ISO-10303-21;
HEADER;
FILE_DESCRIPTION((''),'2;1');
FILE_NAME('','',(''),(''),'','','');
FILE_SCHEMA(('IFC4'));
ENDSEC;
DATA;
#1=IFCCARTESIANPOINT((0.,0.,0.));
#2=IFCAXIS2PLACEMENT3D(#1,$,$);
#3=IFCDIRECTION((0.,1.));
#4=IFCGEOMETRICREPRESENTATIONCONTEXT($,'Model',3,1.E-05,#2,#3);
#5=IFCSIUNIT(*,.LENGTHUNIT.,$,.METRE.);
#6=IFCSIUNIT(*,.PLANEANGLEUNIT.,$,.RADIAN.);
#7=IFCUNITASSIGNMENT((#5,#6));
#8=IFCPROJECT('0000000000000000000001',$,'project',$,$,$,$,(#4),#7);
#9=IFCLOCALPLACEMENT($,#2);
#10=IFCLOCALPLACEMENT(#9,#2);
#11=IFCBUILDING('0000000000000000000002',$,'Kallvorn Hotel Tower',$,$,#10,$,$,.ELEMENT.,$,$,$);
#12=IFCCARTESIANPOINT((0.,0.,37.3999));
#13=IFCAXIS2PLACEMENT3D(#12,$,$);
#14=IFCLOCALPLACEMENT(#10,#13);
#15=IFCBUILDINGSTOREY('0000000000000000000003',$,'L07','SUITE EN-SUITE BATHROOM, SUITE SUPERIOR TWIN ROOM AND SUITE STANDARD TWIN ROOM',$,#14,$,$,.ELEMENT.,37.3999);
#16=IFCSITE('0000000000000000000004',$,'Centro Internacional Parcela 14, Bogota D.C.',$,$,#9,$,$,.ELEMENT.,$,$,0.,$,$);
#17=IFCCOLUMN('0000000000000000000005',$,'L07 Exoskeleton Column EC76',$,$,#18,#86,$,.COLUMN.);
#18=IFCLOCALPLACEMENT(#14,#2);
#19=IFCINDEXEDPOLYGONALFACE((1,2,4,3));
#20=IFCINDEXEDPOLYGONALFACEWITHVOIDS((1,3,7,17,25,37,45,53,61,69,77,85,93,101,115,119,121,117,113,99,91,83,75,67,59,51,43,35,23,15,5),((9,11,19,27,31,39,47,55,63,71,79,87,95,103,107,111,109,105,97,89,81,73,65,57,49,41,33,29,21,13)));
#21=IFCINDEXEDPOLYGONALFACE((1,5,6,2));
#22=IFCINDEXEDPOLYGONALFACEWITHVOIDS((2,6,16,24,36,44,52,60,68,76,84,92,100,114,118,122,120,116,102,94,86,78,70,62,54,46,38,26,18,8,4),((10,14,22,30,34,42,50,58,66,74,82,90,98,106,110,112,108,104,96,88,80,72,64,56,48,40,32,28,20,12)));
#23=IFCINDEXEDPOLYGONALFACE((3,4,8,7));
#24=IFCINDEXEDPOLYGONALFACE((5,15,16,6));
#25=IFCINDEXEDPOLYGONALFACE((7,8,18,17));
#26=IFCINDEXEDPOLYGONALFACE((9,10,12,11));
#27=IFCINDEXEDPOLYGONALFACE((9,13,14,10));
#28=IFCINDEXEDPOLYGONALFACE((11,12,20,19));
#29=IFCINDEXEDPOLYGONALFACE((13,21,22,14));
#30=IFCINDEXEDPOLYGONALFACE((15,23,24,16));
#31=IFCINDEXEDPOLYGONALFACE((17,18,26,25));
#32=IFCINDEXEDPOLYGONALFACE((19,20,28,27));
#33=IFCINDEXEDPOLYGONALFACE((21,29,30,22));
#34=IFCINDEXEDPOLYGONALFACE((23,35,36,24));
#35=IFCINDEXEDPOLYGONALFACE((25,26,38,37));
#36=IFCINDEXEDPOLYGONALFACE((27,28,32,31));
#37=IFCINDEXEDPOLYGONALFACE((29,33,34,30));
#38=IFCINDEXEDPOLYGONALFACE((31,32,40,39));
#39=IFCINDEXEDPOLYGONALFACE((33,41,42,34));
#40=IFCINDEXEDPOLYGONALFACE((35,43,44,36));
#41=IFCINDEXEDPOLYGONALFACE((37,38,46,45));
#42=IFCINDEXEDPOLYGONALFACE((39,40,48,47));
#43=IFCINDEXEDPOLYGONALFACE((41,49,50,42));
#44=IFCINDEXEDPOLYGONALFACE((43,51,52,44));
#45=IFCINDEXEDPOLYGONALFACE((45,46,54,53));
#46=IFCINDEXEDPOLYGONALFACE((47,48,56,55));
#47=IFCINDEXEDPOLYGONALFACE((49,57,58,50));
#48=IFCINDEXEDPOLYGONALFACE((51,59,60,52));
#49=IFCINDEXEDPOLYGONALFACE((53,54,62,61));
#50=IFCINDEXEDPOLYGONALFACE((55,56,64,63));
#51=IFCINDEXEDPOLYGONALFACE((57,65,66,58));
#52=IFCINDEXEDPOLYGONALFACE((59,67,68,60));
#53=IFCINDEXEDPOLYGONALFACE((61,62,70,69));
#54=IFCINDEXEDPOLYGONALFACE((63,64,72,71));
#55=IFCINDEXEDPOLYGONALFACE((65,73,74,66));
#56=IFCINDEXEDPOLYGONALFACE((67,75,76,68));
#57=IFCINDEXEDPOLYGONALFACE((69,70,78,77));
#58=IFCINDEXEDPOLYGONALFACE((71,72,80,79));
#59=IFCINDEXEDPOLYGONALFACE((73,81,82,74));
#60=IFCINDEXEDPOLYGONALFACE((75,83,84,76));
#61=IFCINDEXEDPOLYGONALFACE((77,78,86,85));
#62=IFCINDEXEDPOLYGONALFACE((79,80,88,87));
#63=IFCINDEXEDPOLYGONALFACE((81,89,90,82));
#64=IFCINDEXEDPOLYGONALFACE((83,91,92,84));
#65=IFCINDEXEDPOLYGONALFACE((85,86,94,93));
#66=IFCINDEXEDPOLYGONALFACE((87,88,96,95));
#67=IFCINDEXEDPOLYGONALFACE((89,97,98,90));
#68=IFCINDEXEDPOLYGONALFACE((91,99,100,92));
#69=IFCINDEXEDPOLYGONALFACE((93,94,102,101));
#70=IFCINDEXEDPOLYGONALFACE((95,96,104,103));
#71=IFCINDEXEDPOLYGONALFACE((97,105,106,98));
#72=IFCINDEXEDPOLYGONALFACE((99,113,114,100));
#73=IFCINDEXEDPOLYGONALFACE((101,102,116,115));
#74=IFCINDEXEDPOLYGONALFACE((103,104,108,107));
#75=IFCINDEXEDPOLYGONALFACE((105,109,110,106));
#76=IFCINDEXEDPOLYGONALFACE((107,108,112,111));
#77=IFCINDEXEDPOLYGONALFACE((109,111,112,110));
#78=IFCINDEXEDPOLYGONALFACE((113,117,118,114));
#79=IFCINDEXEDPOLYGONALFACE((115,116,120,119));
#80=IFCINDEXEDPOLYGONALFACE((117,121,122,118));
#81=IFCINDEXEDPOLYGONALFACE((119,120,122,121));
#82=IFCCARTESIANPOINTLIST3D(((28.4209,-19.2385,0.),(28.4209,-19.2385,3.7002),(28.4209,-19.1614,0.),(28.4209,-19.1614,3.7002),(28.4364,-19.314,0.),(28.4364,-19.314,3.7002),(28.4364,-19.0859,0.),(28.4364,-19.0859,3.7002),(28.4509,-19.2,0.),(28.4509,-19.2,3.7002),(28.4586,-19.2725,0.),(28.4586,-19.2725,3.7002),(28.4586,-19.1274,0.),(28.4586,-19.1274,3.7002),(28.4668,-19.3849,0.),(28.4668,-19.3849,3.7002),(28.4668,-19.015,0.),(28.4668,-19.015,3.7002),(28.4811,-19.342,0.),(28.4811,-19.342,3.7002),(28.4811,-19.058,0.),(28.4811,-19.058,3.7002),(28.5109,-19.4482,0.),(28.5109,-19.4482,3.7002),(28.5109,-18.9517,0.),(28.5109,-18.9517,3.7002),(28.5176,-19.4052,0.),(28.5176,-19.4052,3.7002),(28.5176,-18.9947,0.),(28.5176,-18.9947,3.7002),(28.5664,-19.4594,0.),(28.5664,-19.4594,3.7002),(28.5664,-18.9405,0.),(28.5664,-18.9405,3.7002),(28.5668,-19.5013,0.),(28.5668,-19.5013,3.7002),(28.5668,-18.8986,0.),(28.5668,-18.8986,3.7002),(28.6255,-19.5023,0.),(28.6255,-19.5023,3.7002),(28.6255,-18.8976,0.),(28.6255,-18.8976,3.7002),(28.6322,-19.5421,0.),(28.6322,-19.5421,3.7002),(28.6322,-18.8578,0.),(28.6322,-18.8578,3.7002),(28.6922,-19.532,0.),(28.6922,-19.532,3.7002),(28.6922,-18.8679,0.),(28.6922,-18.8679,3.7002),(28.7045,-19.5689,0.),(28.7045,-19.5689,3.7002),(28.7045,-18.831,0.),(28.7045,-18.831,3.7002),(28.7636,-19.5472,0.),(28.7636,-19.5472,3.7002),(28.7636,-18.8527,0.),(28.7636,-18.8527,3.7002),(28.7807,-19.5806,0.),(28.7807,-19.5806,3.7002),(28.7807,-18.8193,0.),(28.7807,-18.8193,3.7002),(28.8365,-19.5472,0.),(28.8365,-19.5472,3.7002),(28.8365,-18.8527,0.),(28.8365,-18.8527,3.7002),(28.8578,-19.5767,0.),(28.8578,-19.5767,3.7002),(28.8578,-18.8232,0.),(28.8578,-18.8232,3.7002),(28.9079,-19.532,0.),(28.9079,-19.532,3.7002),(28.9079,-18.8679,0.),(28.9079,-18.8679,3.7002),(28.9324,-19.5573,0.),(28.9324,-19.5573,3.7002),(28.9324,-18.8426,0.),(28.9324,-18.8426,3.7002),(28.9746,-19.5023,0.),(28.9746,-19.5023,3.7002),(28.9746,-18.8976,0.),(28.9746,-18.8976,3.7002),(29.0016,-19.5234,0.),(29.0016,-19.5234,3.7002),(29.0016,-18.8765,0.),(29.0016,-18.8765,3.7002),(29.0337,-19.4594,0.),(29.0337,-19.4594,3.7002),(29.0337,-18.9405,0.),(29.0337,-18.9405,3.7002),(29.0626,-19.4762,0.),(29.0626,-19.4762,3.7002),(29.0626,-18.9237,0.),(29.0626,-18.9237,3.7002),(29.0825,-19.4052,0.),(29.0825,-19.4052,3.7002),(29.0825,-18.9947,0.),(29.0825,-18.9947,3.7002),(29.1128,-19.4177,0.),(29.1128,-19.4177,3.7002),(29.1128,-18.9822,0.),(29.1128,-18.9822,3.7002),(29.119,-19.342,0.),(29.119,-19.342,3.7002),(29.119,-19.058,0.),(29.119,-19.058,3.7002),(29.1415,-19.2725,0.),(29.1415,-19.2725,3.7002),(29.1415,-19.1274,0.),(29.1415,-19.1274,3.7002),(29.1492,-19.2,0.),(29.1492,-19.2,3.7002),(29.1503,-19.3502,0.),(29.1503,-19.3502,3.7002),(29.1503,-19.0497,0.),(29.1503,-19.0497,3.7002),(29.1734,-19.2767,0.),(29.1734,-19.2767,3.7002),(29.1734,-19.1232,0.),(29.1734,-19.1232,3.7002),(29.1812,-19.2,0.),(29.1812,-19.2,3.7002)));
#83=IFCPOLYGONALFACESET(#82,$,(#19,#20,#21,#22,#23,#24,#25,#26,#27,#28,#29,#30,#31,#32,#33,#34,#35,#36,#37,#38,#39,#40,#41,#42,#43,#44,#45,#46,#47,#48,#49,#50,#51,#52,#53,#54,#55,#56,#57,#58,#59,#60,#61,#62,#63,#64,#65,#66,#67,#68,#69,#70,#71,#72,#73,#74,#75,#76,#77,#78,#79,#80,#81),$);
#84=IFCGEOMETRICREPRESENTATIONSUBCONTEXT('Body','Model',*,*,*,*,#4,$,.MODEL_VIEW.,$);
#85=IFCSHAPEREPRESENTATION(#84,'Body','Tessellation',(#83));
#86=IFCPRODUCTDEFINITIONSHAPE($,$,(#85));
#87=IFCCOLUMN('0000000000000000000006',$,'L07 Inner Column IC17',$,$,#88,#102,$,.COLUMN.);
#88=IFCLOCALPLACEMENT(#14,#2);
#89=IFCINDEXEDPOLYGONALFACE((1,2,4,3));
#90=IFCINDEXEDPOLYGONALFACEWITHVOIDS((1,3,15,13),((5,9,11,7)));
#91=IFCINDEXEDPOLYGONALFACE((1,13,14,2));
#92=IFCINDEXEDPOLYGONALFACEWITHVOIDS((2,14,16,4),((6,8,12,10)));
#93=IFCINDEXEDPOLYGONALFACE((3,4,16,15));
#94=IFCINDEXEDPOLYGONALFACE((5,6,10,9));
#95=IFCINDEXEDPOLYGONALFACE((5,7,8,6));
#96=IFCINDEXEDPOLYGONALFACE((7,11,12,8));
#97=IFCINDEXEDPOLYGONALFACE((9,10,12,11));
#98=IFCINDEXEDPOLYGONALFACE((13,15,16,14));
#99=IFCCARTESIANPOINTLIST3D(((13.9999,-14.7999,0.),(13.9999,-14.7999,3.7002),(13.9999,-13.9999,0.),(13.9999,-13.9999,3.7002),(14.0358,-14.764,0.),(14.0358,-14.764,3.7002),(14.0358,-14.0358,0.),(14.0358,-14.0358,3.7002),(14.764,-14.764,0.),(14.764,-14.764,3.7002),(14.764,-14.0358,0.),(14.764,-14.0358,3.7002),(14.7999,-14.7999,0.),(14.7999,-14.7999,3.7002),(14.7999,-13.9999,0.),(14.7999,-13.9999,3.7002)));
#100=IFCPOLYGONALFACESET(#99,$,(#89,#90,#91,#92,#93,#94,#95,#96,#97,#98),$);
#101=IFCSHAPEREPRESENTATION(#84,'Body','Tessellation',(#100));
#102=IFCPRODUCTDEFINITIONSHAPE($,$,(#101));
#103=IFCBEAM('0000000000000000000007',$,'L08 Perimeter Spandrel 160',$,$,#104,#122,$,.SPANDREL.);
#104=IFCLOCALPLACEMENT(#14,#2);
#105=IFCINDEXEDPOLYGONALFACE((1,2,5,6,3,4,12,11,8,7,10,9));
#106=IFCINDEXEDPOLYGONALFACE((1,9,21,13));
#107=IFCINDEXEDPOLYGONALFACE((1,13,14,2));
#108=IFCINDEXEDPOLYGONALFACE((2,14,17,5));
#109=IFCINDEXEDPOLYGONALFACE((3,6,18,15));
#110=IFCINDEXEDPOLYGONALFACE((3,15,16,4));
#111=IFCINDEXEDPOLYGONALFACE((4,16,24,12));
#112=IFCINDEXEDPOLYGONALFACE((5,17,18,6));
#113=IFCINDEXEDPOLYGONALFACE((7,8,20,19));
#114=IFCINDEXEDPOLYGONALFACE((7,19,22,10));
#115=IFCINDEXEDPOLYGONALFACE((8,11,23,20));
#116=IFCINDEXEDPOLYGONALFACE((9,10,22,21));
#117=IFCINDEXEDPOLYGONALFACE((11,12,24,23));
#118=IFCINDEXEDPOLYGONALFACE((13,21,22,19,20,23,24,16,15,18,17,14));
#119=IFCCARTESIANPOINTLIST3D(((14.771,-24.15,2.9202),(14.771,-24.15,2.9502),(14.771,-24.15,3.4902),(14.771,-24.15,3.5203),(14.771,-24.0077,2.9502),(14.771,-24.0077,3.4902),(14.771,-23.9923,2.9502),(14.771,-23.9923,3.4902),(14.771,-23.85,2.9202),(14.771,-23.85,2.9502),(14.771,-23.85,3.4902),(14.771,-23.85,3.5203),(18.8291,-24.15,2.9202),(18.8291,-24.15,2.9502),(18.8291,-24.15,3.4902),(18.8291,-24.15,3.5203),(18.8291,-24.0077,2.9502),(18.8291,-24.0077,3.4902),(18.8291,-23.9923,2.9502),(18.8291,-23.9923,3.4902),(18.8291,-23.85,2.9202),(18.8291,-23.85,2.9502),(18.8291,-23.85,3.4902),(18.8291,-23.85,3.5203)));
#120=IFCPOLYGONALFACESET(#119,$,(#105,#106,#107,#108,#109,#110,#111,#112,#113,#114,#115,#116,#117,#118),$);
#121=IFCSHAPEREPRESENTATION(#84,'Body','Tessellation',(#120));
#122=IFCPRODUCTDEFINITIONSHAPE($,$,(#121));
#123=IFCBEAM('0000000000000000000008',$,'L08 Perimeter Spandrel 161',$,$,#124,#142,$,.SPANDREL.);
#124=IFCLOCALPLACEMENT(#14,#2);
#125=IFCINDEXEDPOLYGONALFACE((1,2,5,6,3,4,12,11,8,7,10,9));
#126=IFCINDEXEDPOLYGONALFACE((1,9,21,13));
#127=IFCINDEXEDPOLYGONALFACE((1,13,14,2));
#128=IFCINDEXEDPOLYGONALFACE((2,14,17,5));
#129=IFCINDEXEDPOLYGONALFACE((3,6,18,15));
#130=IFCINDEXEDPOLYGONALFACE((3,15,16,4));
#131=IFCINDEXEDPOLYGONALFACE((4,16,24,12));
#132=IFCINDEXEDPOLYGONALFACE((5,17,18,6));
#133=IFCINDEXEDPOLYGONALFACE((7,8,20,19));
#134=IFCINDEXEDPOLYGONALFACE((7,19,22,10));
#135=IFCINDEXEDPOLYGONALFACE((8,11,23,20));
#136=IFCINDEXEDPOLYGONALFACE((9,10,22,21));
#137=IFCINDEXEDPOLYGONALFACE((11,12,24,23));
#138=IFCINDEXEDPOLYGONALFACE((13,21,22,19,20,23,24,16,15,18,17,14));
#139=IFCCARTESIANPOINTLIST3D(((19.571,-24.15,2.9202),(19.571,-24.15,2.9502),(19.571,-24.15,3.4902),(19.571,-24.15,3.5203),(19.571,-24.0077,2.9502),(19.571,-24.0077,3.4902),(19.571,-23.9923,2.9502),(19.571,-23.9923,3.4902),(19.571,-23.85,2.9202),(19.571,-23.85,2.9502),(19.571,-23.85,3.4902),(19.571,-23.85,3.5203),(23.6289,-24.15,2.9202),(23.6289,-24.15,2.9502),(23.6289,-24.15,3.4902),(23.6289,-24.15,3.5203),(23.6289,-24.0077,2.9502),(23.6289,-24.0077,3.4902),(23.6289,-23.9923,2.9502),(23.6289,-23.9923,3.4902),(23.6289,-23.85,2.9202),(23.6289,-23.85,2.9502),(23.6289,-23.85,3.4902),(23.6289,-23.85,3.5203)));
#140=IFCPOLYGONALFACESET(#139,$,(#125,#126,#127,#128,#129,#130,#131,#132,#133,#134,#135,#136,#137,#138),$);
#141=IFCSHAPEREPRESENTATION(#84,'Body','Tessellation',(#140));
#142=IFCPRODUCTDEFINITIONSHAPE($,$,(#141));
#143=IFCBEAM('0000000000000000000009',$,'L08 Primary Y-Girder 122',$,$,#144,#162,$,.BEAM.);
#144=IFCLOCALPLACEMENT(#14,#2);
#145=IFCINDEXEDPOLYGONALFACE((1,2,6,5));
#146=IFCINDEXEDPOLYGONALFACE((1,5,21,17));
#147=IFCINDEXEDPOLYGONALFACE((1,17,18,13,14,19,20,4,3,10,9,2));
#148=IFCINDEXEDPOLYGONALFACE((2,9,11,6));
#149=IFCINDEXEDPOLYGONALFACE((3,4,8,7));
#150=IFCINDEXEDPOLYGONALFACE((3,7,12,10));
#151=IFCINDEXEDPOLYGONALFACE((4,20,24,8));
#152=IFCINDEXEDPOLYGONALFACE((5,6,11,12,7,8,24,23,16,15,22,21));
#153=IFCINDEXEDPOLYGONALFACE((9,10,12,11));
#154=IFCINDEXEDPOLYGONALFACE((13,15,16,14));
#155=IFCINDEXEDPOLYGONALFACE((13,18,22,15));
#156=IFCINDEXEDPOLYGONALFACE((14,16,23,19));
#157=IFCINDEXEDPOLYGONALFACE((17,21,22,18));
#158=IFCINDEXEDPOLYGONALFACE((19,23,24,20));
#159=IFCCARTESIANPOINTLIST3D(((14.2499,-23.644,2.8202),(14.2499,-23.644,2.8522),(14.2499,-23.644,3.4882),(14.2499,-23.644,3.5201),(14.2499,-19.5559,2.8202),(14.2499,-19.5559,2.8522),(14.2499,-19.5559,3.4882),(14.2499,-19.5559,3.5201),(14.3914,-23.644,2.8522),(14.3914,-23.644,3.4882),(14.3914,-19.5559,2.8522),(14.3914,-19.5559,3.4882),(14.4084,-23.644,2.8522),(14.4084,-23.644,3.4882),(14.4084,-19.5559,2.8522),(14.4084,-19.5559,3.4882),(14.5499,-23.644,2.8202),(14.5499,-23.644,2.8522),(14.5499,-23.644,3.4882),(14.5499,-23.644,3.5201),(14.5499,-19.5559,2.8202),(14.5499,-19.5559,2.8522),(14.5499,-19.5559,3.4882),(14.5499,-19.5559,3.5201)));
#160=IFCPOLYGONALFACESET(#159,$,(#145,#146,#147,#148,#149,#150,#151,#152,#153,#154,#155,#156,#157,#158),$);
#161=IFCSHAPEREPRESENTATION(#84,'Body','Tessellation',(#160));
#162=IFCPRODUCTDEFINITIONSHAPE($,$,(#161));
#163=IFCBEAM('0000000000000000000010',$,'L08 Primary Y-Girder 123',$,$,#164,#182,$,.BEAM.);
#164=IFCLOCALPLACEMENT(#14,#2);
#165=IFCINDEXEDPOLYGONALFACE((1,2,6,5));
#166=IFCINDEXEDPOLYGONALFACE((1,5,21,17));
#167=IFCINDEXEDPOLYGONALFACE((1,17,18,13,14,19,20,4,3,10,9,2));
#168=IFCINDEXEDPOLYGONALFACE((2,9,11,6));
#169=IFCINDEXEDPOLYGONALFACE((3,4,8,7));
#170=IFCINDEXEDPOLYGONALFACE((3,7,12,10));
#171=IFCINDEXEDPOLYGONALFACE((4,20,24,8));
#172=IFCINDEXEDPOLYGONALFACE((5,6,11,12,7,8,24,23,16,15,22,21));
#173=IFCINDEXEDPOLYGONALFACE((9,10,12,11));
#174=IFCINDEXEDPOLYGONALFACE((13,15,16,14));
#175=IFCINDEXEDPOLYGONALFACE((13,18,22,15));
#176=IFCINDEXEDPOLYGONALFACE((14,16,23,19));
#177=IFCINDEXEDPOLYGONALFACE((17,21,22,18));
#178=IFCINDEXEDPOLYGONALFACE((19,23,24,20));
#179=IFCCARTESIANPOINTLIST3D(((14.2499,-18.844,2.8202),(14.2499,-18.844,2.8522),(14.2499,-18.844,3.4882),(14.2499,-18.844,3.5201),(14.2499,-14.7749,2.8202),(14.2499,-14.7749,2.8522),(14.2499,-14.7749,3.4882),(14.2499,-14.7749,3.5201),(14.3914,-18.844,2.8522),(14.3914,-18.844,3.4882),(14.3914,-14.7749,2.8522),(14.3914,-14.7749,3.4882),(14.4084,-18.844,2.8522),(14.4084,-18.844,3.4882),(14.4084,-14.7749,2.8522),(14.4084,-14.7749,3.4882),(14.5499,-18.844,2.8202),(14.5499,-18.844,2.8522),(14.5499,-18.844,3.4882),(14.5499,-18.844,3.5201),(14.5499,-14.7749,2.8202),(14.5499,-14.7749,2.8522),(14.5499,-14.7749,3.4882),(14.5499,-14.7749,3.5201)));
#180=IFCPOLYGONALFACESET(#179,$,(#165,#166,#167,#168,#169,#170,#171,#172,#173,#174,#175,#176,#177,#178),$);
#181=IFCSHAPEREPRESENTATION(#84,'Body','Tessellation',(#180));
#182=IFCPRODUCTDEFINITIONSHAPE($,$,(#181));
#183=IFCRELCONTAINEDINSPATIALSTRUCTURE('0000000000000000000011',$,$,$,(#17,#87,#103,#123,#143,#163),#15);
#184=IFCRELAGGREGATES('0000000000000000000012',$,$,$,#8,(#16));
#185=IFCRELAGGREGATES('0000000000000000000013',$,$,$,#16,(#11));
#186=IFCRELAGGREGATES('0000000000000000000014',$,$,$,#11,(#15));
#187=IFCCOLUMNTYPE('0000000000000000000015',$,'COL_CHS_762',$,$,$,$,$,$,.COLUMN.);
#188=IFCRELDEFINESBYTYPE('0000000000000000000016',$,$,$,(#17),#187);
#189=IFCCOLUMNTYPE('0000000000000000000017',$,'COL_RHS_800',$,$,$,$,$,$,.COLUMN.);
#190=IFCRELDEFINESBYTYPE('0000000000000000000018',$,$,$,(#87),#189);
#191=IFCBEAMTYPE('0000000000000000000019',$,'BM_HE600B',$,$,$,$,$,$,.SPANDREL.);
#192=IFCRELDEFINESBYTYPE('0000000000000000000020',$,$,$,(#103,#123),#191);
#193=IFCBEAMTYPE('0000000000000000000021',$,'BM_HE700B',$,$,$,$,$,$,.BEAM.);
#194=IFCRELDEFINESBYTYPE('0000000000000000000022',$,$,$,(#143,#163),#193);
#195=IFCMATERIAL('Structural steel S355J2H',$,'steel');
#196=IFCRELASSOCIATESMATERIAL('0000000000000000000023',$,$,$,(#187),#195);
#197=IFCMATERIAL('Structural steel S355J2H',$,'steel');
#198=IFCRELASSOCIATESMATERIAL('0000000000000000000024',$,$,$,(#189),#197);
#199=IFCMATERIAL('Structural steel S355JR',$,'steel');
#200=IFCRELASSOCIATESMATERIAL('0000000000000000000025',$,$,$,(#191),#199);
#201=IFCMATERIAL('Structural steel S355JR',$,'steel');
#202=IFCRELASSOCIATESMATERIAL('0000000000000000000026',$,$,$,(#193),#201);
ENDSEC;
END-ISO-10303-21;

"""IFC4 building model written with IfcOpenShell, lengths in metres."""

from ifc_helpers import new_model, si_unit, direction, frame, origin, origin_2d, place, context, subcontext, project, spatial, hollow_rectangle, hollow_circle, i_section, extrude, material, material_profile, profile_set, type_object, element, save


model = new_model("IFC4")

# Units and contexts
model_context = context("Model", 3, precision=1e-05, world=origin(), true_north=direction((0.0, 1.0)))
body_context = subcontext(model_context, "Body", "Model", "MODEL_VIEW")
ifc_project = project(units=[si_unit("LENGTHUNIT", "METRE"), si_unit("PLANEANGLEUNIT", "RADIAN")], contexts=[model_context])

# Site, building, storey
site_placement = place(None, origin())
site = spatial("IfcSite", under=ifc_project, at=site_placement, Name="Centro Internacional Parcela 14, Bogota D.C.", CompositionType="ELEMENT", RefElevation=0.0)
building_placement = place(site_placement, origin())
building = spatial("IfcBuilding", under=site, at=building_placement, Name="Kallvorn Hotel Tower", CompositionType="ELEMENT")
storey_placement = place(building_placement, frame((0.0, 0.0, 37.3999)))
storey = spatial("IfcBuildingStorey", under=building, at=storey_placement, Name="L07", Description="SUITE EN-SUITE BATHROOM, SUITE SUPERIOR TWIN ROOM AND SUITE STANDARD TWIN ROOM", CompositionType="ELEMENT", Elevation=37.3999)

# Columns
ifc_material_1 = material(Name="Structural steel S355J2H", Category="steel")
ifc_material_profile_1 = material_profile(ifc_material_1, hollow_circle(Radius=0.3811, WallThickness=0.032, at=origin_2d()), Name="CHS 762x32")
ifc_profile_set_1 = profile_set([ifc_material_profile_1], Name="Structural steel S355J2H")
column_type_1 = type_object("IfcColumnType", Name="COL_CHS_762", PredefinedType="COLUMN", material=ifc_profile_set_1)
for number, where, z_axis, x_axis, name in (
    (1, (28.8, -19.2, 0.0), (0.0, 0.0, 1.0), (1.0, 0.0, 0.0), "L07 Exoskeleton Column EC76"),
):
    element("IfcColumn", number, at=place(storey_placement, frame(where, z_axis=z_axis, x_axis=x_axis)), inside=storey, type_object=column_type_1, Name=name, PredefinedType="COLUMN", context=body_context, shape_type="SweptSolid", body=[
        extrude(hollow_circle(Radius=0.3811, WallThickness=0.032, at=origin_2d()), origin(), (0.0, 0.0, 1.0), 3.7002),
    ])
ifc_material_2 = material(Name="Structural steel S355J2H", Category="steel")
ifc_material_profile_2 = material_profile(ifc_material_2, hollow_rectangle(XDim=0.8, YDim=0.8, WallThickness=0.0359, at=origin_2d()), Name="RHS 800x800x36")
ifc_profile_set_2 = profile_set([ifc_material_profile_2], Name="Structural steel S355J2H")
column_type_2 = type_object("IfcColumnType", Name="COL_RHS_800", PredefinedType="COLUMN", material=ifc_profile_set_2)
column_placement = place(storey_placement, frame((14.3999, -14.3999, 0.0), z_axis=(0.0, 0.0, 1.0), x_axis=(1.0, 0.0, 0.0)))
element("IfcColumn", 2, at=column_placement, inside=storey, type_object=column_type_2, Name="L07 Inner Column IC17", PredefinedType="COLUMN", context=body_context, shape_type="SweptSolid", body=[
    extrude(hollow_rectangle(XDim=0.8, YDim=0.8, WallThickness=0.0359, at=origin_2d()), origin(), (0.0, 0.0, 1.0), 3.7002),
])

# Beams
ifc_material_3 = material(Name="Structural steel S355JR", Category="steel")
ifc_material_profile_3 = material_profile(ifc_material_3, i_section(OverallWidth=0.3, OverallDepth=0.6001, WebThickness=0.0154, FlangeThickness=0.03, at=origin_2d()), Name="HE 600 B")
ifc_profile_set_3 = profile_set([ifc_material_profile_3], Name="Structural steel S355JR")
beam_type_1 = type_object("IfcBeamType", Name="BM_HE600B", PredefinedType="SPANDREL", material=ifc_profile_set_3)
beam_1_placement = place(storey_placement, frame((14.771, -24.0, 3.2202), z_axis=(1.0, 0.0, 0.0), x_axis=(0.0, 1.0, 0.0)))
element("IfcBeam", 3, at=beam_1_placement, inside=storey, type_object=beam_type_1, Name="L08 Perimeter Spandrel 160", PredefinedType="SPANDREL", context=body_context, shape_type="SweptSolid", body=[
    extrude(i_section(OverallWidth=0.3, OverallDepth=0.6001, WebThickness=0.0154, FlangeThickness=0.03, at=origin_2d()), origin(), (0.0, 0.0, 1.0), 4.0581),
])
beam_2_placement = place(storey_placement, frame((19.571, -24.0, 3.2202), z_axis=(1.0, 0.0, 0.0), x_axis=(0.0, 1.0, 0.0)))
element("IfcBeam", 4, at=beam_2_placement, inside=storey, type_object=beam_type_1, Name="L08 Perimeter Spandrel 161", PredefinedType="SPANDREL", context=body_context, shape_type="SweptSolid", body=[
    extrude(i_section(OverallWidth=0.3, OverallDepth=0.6001, WebThickness=0.0154, FlangeThickness=0.03, at=origin_2d()), origin(), (0.0, 0.0, 1.0), 4.0579),
])
ifc_material_4 = material(Name="Structural steel S355JR", Category="steel")
ifc_material_profile_4 = material_profile(ifc_material_4, i_section(OverallWidth=0.3, OverallDepth=0.7, WebThickness=0.0171, FlangeThickness=0.032, at=origin_2d()), Name="HE 700 B")
ifc_profile_set_4 = profile_set([ifc_material_profile_4], Name="Structural steel S355JR")
beam_type_2 = type_object("IfcBeamType", Name="BM_HE700B", PredefinedType="BEAM", material=ifc_profile_set_4)
beam_3_placement = place(storey_placement, frame((14.3999, -23.644, 3.1702), z_axis=(0.0, 1.0, 0.0), x_axis=(-1.0, 0.0, 0.0)))
element("IfcBeam", 5, at=beam_3_placement, inside=storey, type_object=beam_type_2, Name="L08 Primary Y-Girder 122", PredefinedType="BEAM", context=body_context, shape_type="SweptSolid", body=[
    extrude(i_section(OverallWidth=0.3, OverallDepth=0.7, WebThickness=0.0171, FlangeThickness=0.032, at=origin_2d()), origin(), (0.0, 0.0, 1.0), 4.0881),
])
beam_4_placement = place(storey_placement, frame((14.3999, -18.844, 3.1702), z_axis=(0.0, 1.0, 0.0), x_axis=(-1.0, 0.0, 0.0)))
element("IfcBeam", 6, at=beam_4_placement, inside=storey, type_object=beam_type_2, Name="L08 Primary Y-Girder 123", PredefinedType="BEAM", context=body_context, shape_type="SweptSolid", body=[
    extrude(i_section(OverallWidth=0.3, OverallDepth=0.7, WebThickness=0.0171, FlangeThickness=0.032, at=origin_2d()), origin(), (0.0, 0.0, 1.0), 4.0691),
])

save(model, "model.ifc")
